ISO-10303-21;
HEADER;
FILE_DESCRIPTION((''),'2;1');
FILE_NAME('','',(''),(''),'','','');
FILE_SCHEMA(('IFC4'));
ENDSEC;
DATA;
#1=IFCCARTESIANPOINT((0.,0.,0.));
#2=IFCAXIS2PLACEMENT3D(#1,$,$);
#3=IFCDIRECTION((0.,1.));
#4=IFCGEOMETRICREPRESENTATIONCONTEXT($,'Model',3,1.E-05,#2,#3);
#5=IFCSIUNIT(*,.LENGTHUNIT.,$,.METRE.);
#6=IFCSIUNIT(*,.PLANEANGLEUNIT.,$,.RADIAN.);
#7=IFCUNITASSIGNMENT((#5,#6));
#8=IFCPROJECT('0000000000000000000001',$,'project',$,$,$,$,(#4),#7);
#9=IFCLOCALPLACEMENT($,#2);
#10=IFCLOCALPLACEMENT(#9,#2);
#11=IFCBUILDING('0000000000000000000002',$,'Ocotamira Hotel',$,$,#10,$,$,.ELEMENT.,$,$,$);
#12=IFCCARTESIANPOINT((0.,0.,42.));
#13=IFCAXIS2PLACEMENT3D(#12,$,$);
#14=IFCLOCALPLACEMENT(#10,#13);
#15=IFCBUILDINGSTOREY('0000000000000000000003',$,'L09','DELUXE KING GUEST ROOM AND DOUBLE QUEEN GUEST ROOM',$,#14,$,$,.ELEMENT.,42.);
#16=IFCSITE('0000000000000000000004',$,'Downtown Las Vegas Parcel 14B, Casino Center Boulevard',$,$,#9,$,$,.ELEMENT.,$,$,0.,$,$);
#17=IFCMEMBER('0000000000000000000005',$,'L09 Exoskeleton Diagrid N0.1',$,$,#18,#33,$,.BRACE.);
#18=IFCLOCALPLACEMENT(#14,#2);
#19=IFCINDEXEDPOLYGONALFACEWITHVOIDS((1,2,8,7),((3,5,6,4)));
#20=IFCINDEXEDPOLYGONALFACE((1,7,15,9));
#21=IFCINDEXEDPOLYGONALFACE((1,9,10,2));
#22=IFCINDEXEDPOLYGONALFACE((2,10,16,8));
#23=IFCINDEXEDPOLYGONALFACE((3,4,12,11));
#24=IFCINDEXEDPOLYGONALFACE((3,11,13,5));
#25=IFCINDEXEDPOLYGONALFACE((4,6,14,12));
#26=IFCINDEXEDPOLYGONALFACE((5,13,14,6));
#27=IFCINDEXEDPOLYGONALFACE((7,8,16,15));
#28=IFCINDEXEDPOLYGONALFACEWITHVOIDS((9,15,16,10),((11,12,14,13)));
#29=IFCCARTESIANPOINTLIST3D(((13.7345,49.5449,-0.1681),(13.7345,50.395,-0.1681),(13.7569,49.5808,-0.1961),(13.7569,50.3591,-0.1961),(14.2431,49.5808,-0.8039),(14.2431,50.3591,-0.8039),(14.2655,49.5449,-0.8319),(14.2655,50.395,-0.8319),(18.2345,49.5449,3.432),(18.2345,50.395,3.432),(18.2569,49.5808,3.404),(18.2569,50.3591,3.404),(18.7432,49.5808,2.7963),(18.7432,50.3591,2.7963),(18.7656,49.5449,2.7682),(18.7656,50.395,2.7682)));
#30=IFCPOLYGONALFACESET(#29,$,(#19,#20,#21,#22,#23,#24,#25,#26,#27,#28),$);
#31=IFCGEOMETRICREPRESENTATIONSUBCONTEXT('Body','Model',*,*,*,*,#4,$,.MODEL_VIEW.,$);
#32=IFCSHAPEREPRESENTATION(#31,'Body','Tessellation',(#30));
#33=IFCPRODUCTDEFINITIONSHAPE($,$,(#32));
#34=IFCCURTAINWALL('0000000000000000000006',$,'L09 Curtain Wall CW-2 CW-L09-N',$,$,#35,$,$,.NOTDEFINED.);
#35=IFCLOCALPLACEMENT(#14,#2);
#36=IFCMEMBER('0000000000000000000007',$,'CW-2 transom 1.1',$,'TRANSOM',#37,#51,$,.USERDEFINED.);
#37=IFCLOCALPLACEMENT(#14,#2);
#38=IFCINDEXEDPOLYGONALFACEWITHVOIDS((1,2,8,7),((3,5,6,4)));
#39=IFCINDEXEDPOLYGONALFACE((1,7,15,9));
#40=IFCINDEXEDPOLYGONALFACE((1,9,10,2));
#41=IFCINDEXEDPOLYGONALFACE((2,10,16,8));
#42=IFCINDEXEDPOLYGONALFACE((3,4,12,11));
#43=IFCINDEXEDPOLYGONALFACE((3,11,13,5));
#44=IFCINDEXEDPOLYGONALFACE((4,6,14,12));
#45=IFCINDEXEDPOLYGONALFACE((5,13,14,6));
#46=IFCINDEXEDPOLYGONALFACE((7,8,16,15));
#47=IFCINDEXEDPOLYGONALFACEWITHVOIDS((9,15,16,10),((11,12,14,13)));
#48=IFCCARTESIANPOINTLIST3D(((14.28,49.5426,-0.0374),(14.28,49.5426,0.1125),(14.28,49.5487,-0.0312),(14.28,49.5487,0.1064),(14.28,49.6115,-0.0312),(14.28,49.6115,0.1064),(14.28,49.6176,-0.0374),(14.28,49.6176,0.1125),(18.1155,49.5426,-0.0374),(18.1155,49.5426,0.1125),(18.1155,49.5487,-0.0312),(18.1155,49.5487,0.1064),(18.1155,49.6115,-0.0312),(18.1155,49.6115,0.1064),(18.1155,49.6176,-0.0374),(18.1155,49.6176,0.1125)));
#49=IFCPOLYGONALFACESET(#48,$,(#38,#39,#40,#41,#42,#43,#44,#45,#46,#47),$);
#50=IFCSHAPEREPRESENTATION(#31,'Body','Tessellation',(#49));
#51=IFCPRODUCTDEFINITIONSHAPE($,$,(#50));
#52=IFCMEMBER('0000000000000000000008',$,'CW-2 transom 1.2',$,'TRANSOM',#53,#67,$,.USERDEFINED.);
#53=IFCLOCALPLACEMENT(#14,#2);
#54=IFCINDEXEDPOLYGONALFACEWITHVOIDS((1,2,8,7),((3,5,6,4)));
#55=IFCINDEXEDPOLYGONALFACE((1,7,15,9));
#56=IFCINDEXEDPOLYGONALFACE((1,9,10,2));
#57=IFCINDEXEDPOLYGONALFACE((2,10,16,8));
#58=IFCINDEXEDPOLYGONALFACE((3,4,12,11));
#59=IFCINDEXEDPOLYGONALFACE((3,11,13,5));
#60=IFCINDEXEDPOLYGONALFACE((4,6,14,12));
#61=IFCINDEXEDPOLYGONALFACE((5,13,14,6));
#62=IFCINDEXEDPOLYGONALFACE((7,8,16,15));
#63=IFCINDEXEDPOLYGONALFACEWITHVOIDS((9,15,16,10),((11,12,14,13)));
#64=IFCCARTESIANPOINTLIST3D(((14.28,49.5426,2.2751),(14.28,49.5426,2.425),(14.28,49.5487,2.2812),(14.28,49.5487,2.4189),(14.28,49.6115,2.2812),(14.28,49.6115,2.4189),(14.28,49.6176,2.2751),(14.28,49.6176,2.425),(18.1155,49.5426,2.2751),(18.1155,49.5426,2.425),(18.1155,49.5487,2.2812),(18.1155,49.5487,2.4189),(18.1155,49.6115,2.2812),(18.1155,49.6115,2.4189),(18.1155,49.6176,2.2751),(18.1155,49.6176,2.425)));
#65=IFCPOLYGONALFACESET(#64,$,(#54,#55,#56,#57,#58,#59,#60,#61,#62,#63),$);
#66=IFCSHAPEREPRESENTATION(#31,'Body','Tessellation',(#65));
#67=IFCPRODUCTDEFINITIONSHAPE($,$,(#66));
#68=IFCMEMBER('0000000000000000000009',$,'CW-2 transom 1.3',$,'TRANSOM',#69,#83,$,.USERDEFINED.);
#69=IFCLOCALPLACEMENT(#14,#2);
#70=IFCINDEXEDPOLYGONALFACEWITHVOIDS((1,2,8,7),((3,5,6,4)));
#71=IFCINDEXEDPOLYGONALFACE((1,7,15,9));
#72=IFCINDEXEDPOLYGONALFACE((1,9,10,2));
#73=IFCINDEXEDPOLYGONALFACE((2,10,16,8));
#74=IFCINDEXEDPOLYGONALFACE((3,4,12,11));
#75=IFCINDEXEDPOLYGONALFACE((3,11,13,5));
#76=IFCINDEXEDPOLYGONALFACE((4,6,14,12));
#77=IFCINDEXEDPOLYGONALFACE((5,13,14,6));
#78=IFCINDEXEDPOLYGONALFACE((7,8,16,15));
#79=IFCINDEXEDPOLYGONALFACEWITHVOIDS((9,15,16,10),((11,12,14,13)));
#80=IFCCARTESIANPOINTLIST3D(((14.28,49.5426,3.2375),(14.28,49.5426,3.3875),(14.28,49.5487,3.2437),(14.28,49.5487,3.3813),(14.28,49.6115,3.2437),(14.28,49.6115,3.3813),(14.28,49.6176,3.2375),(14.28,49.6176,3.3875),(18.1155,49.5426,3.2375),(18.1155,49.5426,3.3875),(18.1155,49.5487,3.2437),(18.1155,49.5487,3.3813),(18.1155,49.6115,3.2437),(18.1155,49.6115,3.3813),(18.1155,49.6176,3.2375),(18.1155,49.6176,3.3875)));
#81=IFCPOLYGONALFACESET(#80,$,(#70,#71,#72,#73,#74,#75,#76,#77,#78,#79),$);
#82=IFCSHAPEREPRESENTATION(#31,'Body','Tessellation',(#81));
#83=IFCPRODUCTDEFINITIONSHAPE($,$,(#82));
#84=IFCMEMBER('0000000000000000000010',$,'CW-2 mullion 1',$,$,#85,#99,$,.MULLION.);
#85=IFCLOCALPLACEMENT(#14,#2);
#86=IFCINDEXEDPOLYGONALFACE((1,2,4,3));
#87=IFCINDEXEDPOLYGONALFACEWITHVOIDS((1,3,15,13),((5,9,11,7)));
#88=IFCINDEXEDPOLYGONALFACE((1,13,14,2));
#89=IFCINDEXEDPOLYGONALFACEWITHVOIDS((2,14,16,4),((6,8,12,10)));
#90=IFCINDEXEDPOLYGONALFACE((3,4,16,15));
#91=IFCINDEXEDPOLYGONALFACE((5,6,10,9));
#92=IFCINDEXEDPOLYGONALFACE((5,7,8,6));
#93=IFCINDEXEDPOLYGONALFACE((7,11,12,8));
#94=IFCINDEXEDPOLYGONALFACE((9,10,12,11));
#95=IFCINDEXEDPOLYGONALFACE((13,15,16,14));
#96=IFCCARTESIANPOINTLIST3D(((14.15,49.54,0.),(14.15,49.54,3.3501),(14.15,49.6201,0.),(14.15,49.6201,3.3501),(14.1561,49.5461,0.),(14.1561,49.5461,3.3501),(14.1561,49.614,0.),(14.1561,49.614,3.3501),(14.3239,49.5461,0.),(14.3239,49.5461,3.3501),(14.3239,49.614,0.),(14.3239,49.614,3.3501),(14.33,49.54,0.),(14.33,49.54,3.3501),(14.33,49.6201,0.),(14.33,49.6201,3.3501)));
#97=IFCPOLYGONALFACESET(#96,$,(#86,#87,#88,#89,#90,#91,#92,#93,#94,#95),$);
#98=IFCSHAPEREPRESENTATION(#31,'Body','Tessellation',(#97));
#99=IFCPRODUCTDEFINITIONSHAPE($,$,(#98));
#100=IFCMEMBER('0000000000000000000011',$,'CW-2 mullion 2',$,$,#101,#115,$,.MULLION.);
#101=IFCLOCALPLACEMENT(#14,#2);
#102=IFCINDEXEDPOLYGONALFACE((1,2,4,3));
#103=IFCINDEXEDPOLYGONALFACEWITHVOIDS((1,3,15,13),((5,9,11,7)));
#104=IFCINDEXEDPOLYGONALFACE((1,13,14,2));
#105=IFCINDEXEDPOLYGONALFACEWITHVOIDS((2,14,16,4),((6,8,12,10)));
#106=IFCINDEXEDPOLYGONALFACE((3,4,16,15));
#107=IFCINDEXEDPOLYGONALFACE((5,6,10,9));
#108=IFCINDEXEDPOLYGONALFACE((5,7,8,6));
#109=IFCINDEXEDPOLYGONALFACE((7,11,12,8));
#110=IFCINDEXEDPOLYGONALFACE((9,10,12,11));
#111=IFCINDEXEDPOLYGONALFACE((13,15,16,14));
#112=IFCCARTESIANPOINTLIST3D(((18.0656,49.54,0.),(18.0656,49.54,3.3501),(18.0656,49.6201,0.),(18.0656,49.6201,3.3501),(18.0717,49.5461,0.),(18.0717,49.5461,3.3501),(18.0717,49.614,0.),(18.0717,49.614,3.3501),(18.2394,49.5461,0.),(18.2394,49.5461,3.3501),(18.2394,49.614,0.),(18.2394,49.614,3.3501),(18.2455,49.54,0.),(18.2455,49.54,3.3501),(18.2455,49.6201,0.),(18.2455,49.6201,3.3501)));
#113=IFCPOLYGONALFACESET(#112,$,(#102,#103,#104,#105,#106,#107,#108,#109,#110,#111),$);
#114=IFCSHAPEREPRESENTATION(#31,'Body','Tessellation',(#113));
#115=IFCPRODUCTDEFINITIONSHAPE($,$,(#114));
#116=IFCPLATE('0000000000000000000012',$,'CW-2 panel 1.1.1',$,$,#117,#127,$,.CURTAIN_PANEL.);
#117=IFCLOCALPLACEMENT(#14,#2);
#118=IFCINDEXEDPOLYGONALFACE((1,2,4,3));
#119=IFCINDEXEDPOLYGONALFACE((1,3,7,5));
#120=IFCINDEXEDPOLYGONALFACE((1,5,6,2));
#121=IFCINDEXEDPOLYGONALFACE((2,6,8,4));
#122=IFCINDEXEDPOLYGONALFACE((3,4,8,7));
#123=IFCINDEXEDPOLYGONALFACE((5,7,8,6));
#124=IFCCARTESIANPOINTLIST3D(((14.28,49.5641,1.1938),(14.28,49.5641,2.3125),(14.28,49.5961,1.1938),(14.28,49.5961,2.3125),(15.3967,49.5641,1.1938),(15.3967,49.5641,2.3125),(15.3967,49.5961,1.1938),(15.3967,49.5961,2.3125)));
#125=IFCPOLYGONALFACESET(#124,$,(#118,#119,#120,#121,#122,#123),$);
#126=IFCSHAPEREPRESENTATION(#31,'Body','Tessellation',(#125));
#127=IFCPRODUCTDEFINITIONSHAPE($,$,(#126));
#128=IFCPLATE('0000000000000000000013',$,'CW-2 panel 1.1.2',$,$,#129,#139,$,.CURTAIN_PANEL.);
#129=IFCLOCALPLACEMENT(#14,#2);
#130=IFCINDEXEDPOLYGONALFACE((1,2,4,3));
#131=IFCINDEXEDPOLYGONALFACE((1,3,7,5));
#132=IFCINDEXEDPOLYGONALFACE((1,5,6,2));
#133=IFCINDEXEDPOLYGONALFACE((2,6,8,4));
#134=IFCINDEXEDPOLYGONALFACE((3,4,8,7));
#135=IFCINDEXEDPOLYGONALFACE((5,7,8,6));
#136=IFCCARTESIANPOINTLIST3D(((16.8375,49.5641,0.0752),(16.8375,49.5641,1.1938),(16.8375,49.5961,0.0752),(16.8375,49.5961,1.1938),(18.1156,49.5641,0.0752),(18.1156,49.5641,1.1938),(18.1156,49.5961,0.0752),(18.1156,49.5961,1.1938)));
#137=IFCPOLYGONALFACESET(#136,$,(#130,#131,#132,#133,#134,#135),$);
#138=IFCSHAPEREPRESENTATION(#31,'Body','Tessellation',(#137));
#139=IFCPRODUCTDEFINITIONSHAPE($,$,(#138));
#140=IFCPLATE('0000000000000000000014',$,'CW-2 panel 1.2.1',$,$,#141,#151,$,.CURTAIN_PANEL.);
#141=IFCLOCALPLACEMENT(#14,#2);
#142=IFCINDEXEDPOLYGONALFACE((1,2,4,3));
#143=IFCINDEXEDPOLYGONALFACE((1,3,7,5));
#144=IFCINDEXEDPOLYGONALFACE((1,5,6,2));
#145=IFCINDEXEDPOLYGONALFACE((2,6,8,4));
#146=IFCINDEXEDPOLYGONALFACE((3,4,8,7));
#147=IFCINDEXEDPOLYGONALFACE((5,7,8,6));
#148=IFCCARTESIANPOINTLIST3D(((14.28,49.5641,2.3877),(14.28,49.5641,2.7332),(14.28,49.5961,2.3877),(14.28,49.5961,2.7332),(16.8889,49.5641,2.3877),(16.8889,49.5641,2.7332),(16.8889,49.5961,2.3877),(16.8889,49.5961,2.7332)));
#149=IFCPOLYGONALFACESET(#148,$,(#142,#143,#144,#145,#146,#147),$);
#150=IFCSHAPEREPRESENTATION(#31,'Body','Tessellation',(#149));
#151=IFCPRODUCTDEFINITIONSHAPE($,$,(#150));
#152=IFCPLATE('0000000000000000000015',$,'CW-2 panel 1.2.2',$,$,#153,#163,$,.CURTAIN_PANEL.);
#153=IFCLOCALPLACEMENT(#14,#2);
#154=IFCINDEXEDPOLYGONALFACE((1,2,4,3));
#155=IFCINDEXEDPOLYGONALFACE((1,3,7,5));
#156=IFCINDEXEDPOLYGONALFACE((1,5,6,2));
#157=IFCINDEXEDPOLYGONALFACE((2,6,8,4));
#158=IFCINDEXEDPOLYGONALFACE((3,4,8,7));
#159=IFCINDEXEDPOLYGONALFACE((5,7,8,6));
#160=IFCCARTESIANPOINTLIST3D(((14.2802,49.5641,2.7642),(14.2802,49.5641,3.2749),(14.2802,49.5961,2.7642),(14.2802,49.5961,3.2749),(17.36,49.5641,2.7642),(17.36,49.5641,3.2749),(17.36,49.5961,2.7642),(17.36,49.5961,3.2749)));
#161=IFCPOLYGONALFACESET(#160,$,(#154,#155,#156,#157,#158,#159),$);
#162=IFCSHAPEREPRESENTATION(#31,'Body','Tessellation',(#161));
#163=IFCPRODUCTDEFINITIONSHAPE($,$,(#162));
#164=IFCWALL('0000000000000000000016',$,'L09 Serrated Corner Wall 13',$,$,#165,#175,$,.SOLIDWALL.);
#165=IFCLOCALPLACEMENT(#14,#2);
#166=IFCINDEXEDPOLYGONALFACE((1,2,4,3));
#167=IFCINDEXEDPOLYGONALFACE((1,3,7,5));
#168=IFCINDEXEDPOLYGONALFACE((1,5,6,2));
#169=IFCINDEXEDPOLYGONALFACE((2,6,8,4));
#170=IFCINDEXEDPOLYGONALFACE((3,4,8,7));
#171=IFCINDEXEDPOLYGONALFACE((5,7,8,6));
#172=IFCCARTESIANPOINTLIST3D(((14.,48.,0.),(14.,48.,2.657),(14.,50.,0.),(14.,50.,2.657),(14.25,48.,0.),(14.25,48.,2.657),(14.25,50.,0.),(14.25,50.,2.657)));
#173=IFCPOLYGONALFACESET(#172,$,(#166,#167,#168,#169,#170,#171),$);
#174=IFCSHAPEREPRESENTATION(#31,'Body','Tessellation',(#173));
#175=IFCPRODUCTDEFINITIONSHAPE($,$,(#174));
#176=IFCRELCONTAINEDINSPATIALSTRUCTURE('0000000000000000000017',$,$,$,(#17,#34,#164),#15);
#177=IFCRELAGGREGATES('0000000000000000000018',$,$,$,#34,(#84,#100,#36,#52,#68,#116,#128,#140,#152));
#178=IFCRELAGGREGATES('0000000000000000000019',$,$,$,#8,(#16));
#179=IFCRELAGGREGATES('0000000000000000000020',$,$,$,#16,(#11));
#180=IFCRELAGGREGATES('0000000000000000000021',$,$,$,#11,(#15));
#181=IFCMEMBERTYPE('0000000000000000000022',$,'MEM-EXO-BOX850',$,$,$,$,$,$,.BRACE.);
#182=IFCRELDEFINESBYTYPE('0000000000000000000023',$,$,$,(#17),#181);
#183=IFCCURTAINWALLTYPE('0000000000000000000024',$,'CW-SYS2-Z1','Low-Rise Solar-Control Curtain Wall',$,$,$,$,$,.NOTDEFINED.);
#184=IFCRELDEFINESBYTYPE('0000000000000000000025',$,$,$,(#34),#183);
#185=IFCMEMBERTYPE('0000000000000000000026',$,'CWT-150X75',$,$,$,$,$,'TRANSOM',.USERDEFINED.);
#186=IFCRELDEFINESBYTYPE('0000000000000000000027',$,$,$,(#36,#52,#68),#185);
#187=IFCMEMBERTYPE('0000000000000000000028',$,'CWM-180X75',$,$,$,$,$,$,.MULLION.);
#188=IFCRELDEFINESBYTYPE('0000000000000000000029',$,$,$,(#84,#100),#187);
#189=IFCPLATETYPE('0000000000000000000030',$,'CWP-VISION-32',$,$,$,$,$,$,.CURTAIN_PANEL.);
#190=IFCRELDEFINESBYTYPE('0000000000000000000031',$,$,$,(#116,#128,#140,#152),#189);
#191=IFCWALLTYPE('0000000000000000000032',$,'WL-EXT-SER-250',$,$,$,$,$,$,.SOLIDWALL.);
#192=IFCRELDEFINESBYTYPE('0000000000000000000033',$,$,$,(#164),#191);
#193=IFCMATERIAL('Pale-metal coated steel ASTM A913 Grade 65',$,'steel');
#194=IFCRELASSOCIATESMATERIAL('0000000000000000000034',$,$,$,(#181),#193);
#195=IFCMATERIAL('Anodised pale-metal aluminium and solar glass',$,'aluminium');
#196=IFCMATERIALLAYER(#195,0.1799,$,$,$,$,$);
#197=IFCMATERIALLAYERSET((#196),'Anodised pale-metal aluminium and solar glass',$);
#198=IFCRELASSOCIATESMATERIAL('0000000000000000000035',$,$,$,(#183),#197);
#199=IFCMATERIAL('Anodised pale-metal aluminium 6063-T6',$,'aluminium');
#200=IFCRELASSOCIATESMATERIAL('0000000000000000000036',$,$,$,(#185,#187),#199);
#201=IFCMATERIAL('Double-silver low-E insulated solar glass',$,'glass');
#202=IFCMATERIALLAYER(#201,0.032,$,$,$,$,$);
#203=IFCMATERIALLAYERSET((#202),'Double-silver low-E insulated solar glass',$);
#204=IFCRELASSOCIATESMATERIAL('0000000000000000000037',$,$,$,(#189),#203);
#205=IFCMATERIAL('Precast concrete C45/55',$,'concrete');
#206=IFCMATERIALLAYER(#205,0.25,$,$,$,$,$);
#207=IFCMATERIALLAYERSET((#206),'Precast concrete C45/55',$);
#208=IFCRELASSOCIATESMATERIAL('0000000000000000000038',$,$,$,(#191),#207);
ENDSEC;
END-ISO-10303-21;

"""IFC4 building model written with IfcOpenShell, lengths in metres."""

from ifc_helpers import new_model, si_unit, direction, frame, frame_2d, origin, origin_2d, place, context, subcontext, project, spatial, rectangle, hollow_rectangle, extrude, source, transform, mapped, material, layer, layer_set, material_profile, profile_set, type_object, element, aggregate, save


model = new_model("IFC4")

# Units and contexts
model_context = context("Model", 3, precision=1e-05, world=origin(), true_north=direction((0.0, 1.0)))
body_context = subcontext(model_context, "Body", "Model", "MODEL_VIEW")
ifc_project = project(units=[si_unit("LENGTHUNIT", "METRE"), si_unit("PLANEANGLEUNIT", "RADIAN")], contexts=[model_context])

# Site, building, storey
site_placement = place(None, origin())
site = spatial("IfcSite", under=ifc_project, at=site_placement, Name="Downtown Las Vegas Parcel 14B, Casino Center Boulevard", CompositionType="ELEMENT", RefElevation=0.0)
building_placement = place(site_placement, origin())
building = spatial("IfcBuilding", under=site, at=building_placement, Name="Ocotamira Hotel", CompositionType="ELEMENT")
storey_placement = place(building_placement, frame((0.0, 0.0, 42.0)))
storey = spatial("IfcBuildingStorey", under=building, at=storey_placement, Name="L09", Description="DELUXE KING GUEST ROOM AND DOUBLE QUEEN GUEST ROOM", CompositionType="ELEMENT", Elevation=42.0)

# Member
ifc_material_1 = material(Name="Pale-metal coated steel ASTM A913 Grade 65", Category="steel")
ifc_material_profile_1 = material_profile(ifc_material_1, hollow_rectangle(XDim=0.8501, YDim=0.8501, WallThickness=0.0359, at=origin_2d()), Name="BOX850X850X36")
ifc_profile_set_1 = profile_set([ifc_material_profile_1], Name="Pale-metal coated steel ASTM A913 Grade 65")
member_type_1 = type_object("IfcMemberType", Name="MEM-EXO-BOX850", PredefinedType="BRACE", material=ifc_profile_set_1)
shared_shape_1 = source(origin(), body_context, "Body", "SweptSolid", [
    extrude(hollow_rectangle(XDim=0.8501, YDim=0.8501, WallThickness=0.0359, at=origin_2d()), origin(), (0.0, 0.0, 1.0), 5.7629),
])
member_1_placement = place(storey_placement, frame((14.0, 49.97, -0.5), z_axis=(0.780861, 0.0, 0.624705), x_axis=(0.0, 1.0, 0.0)))
element("IfcMember", 1, at=member_1_placement, inside=storey, type_object=member_type_1, Name="L09 Exoskeleton Diagrid N0.1", PredefinedType="BRACE", context=body_context, shape_type="MappedRepresentation", body=[
    mapped(shared_shape_1, transform((0.0, 0.0, 0.0), scale=1.0)),
])

# Curtain wall, members, plates
ifc_material_2 = material(Name="Anodised pale-metal aluminium and solar glass", Category="aluminium")
ifc_layer_1 = layer(ifc_material_2, 0.1799)
ifc_layer_set_1 = layer_set([ifc_layer_1], Name="Anodised pale-metal aluminium and solar glass")
curtain_wall_type = type_object("IfcCurtainWallType", Name="CW-SYS2-Z1", Description="Low-Rise Solar-Control Curtain Wall", PredefinedType="NOTDEFINED", material=ifc_layer_set_1)
curtain_wall_placement = place(storey_placement, origin())
curtain_wall = element("IfcCurtainWall", 2, at=curtain_wall_placement, inside=storey, type_object=curtain_wall_type, Name="L09 Curtain Wall CW-2 CW-L09-N", PredefinedType="NOTDEFINED")
ifc_material_3 = material(Name="Anodised pale-metal aluminium 6063-T6", Category="aluminium")
ifc_material_profile_2 = material_profile(ifc_material_3, hollow_rectangle(XDim=0.075, YDim=0.1499, WallThickness=0.0061, at=origin_2d()), Name="HSS150X75X6")
ifc_profile_set_2 = profile_set([ifc_material_profile_2], Name="Anodised pale-metal aluminium 6063-T6")
member_type_2 = type_object("IfcMemberType", Name="CWT-150X75", ElementType="TRANSOM", PredefinedType="USERDEFINED", material=ifc_profile_set_2)
shared_shape_2 = source(origin(), body_context, "Body", "SweptSolid", [
    extrude(hollow_rectangle(XDim=0.075, YDim=0.1499, WallThickness=0.0061, at=origin_2d()), origin(), (0.0, 0.0, 1.0), 3.8354),
])
member_2_placement = place(storey_placement, frame((14.28, 49.5801, 0.0376), z_axis=(1.0, 0.0, 0.0), x_axis=(0.0, 1.0, 0.0)))
member_2 = element("IfcMember", 3, at=member_2_placement, type_object=member_type_2, Name="CW-2 transom 1.1", ObjectType="TRANSOM", PredefinedType="USERDEFINED", context=body_context, shape_type="MappedRepresentation", body=[
    mapped(shared_shape_2, transform((0.0, 0.0, 0.0), scale=1.0)),
])
member_3_placement = place(storey_placement, frame((14.28, 49.5801, 2.3501), z_axis=(1.0, 0.0, 0.0), x_axis=(0.0, 1.0, 0.0)))
member_3 = element("IfcMember", 4, at=member_3_placement, type_object=member_type_2, Name="CW-2 transom 1.2", ObjectType="TRANSOM", PredefinedType="USERDEFINED", context=body_context, shape_type="MappedRepresentation", body=[
    mapped(shared_shape_2, transform((0.0, 0.0, 0.0), scale=1.0)),
])
member_4_placement = place(storey_placement, frame((14.28, 49.5801, 3.3125), z_axis=(1.0, 0.0, 0.0), x_axis=(0.0, 1.0, 0.0)))
member_4 = element("IfcMember", 5, at=member_4_placement, type_object=member_type_2, Name="CW-2 transom 1.3", ObjectType="TRANSOM", PredefinedType="USERDEFINED", context=body_context, shape_type="MappedRepresentation", body=[
    mapped(shared_shape_2, transform((0.0, 0.0, 0.0), scale=1.0)),
])
ifc_material_profile_3 = material_profile(ifc_material_3, hollow_rectangle(XDim=0.0801, YDim=0.1799, WallThickness=0.0061, at=origin_2d()), Name="HSS180X80X6")
ifc_profile_set_3 = profile_set([ifc_material_profile_3], Name="Anodised pale-metal aluminium 6063-T6")
member_type_3 = type_object("IfcMemberType", Name="CWM-180X75", PredefinedType="MULLION", material=ifc_profile_set_3)
shared_shape_3 = source(origin(), body_context, "Body", "SweptSolid", [
    extrude(hollow_rectangle(XDim=0.0801, YDim=0.1799, WallThickness=0.0061, at=origin_2d()), origin(), (0.0, 0.0, 1.0), 3.3501),
])
member_5_placement = place(storey_placement, frame((14.24, 49.5801, 0.0), z_axis=(0.0, 0.0, 1.0), x_axis=(0.0, 1.0, 0.0)))
member_5 = element("IfcMember", 6, at=member_5_placement, type_object=member_type_3, Name="CW-2 mullion 1", PredefinedType="MULLION", context=body_context, shape_type="MappedRepresentation", body=[
    mapped(shared_shape_3, transform((0.0, 0.0, 0.0), scale=1.0)),
])
member_6_placement = place(storey_placement, frame((18.1555, 49.5801, 0.0), z_axis=(0.0, 0.0, 1.0), x_axis=(0.0, 1.0, 0.0)))
member_6 = element("IfcMember", 7, at=member_6_placement, type_object=member_type_3, Name="CW-2 mullion 2", PredefinedType="MULLION", context=body_context, shape_type="MappedRepresentation", body=[
    mapped(shared_shape_3, transform((0.0, 0.0, 0.0), scale=1.0)),
])
ifc_material_4 = material(Name="Double-silver low-E insulated solar glass", Category="glass")
ifc_layer_2 = layer(ifc_material_4, 0.032)
ifc_layer_set_2 = layer_set([ifc_layer_2], Name="Double-silver low-E insulated solar glass")
plate_type = type_object("IfcPlateType", Name="CWP-VISION-32", PredefinedType="CURTAIN_PANEL", material=ifc_layer_set_2)
shared_shape_4 = source(origin(), body_context, "Body", "SweptSolid", [
    extrude(rectangle(XDim=1.1167, YDim=0.032, at=origin_2d()), origin(), (0.0, 0.0, 1.0), 1.1187),
])
plate_1_placement = place(storey_placement, frame((14.8384, 49.5801, 1.1938), z_axis=(0.0, 0.0, 1.0), x_axis=(1.0, 0.0, 0.0)))
plate_1 = element("IfcPlate", 8, at=plate_1_placement, type_object=plate_type, Name="CW-2 panel 1.1.1", PredefinedType="CURTAIN_PANEL", context=body_context, shape_type="MappedRepresentation", body=[
    mapped(shared_shape_4, transform((0.0, 0.0, 0.0), scale=1.0)),
])
shared_shape_5 = source(origin(), body_context, "Body", "SweptSolid", [
    extrude(rectangle(XDim=1.2781, YDim=0.032, at=origin_2d()), origin(), (0.0, 0.0, 1.0), 1.1187),
])
plate_2_placement = place(storey_placement, frame((17.4766, 49.5801, 0.0752), z_axis=(0.0, 0.0, 1.0), x_axis=(1.0, 0.0, 0.0)))
plate_2 = element("IfcPlate", 9, at=plate_2_placement, type_object=plate_type, Name="CW-2 panel 1.1.2", PredefinedType="CURTAIN_PANEL", context=body_context, shape_type="MappedRepresentation", body=[
    mapped(shared_shape_5, transform((0.0, 0.0, 0.0), scale=1.0)),
])
shared_shape_6 = source(origin(), body_context, "Body", "SweptSolid", [
    extrude(rectangle(XDim=2.6089, YDim=0.032, at=origin_2d()), origin(), (0.0, 0.0, 1.0), 0.3455),
])
plate_3_placement = place(storey_placement, frame((15.5845, 49.5801, 2.3877), z_axis=(0.0, 0.0, 1.0), x_axis=(1.0, 0.0, 0.0)))
plate_3 = element("IfcPlate", 10, at=plate_3_placement, type_object=plate_type, Name="CW-2 panel 1.2.1", PredefinedType="CURTAIN_PANEL", context=body_context, shape_type="MappedRepresentation", body=[
    mapped(shared_shape_6, transform((0.0, 0.0, 0.0), scale=1.0)),
])
shared_shape_7 = source(origin(), body_context, "Body", "SweptSolid", [
    extrude(rectangle(XDim=3.0798, YDim=0.032, at=origin_2d()), origin(), (0.0, 0.0, 1.0), 0.5107),
])
plate_4_placement = place(storey_placement, frame((15.8201, 49.5801, 2.7642), z_axis=(0.0, 0.0, 1.0), x_axis=(1.0, 0.0, 0.0)))
plate_4 = element("IfcPlate", 11, at=plate_4_placement, type_object=plate_type, Name="CW-2 panel 1.2.2", PredefinedType="CURTAIN_PANEL", context=body_context, shape_type="MappedRepresentation", body=[
    mapped(shared_shape_7, transform((0.0, 0.0, 0.0), scale=1.0)),
])
aggregate(curtain_wall, [member_5, member_6, member_2, member_3, member_4, plate_1, plate_2, plate_3, plate_4])

# Wall
ifc_material_5 = material(Name="Precast concrete C45/55", Category="concrete")
ifc_layer_3 = layer(ifc_material_5, 0.25)
ifc_layer_set_3 = layer_set([ifc_layer_3], Name="Precast concrete C45/55")
wall_type = type_object("IfcWallType", Name="WL-EXT-SER-250", PredefinedType="SOLIDWALL", material=ifc_layer_set_3)
wall_1_placement = place(storey_placement, frame((14.125, 50.0, 0.0), z_axis=(0.0, 0.0, 1.0), x_axis=(0.0, -1.0, 0.0)))
element("IfcWall", 12, at=wall_1_placement, inside=storey, type_object=wall_type, Name="L09 Serrated Corner Wall 13", PredefinedType="SOLIDWALL", context=body_context, shape_type="SweptSolid", body=[
    extrude(rectangle(XDim=2.0, YDim=0.25, at=frame_2d((1.0, 0.0))), origin(), (0.0, 0.0, 1.0), 2.657),
])

save(model, "model.ifc")
